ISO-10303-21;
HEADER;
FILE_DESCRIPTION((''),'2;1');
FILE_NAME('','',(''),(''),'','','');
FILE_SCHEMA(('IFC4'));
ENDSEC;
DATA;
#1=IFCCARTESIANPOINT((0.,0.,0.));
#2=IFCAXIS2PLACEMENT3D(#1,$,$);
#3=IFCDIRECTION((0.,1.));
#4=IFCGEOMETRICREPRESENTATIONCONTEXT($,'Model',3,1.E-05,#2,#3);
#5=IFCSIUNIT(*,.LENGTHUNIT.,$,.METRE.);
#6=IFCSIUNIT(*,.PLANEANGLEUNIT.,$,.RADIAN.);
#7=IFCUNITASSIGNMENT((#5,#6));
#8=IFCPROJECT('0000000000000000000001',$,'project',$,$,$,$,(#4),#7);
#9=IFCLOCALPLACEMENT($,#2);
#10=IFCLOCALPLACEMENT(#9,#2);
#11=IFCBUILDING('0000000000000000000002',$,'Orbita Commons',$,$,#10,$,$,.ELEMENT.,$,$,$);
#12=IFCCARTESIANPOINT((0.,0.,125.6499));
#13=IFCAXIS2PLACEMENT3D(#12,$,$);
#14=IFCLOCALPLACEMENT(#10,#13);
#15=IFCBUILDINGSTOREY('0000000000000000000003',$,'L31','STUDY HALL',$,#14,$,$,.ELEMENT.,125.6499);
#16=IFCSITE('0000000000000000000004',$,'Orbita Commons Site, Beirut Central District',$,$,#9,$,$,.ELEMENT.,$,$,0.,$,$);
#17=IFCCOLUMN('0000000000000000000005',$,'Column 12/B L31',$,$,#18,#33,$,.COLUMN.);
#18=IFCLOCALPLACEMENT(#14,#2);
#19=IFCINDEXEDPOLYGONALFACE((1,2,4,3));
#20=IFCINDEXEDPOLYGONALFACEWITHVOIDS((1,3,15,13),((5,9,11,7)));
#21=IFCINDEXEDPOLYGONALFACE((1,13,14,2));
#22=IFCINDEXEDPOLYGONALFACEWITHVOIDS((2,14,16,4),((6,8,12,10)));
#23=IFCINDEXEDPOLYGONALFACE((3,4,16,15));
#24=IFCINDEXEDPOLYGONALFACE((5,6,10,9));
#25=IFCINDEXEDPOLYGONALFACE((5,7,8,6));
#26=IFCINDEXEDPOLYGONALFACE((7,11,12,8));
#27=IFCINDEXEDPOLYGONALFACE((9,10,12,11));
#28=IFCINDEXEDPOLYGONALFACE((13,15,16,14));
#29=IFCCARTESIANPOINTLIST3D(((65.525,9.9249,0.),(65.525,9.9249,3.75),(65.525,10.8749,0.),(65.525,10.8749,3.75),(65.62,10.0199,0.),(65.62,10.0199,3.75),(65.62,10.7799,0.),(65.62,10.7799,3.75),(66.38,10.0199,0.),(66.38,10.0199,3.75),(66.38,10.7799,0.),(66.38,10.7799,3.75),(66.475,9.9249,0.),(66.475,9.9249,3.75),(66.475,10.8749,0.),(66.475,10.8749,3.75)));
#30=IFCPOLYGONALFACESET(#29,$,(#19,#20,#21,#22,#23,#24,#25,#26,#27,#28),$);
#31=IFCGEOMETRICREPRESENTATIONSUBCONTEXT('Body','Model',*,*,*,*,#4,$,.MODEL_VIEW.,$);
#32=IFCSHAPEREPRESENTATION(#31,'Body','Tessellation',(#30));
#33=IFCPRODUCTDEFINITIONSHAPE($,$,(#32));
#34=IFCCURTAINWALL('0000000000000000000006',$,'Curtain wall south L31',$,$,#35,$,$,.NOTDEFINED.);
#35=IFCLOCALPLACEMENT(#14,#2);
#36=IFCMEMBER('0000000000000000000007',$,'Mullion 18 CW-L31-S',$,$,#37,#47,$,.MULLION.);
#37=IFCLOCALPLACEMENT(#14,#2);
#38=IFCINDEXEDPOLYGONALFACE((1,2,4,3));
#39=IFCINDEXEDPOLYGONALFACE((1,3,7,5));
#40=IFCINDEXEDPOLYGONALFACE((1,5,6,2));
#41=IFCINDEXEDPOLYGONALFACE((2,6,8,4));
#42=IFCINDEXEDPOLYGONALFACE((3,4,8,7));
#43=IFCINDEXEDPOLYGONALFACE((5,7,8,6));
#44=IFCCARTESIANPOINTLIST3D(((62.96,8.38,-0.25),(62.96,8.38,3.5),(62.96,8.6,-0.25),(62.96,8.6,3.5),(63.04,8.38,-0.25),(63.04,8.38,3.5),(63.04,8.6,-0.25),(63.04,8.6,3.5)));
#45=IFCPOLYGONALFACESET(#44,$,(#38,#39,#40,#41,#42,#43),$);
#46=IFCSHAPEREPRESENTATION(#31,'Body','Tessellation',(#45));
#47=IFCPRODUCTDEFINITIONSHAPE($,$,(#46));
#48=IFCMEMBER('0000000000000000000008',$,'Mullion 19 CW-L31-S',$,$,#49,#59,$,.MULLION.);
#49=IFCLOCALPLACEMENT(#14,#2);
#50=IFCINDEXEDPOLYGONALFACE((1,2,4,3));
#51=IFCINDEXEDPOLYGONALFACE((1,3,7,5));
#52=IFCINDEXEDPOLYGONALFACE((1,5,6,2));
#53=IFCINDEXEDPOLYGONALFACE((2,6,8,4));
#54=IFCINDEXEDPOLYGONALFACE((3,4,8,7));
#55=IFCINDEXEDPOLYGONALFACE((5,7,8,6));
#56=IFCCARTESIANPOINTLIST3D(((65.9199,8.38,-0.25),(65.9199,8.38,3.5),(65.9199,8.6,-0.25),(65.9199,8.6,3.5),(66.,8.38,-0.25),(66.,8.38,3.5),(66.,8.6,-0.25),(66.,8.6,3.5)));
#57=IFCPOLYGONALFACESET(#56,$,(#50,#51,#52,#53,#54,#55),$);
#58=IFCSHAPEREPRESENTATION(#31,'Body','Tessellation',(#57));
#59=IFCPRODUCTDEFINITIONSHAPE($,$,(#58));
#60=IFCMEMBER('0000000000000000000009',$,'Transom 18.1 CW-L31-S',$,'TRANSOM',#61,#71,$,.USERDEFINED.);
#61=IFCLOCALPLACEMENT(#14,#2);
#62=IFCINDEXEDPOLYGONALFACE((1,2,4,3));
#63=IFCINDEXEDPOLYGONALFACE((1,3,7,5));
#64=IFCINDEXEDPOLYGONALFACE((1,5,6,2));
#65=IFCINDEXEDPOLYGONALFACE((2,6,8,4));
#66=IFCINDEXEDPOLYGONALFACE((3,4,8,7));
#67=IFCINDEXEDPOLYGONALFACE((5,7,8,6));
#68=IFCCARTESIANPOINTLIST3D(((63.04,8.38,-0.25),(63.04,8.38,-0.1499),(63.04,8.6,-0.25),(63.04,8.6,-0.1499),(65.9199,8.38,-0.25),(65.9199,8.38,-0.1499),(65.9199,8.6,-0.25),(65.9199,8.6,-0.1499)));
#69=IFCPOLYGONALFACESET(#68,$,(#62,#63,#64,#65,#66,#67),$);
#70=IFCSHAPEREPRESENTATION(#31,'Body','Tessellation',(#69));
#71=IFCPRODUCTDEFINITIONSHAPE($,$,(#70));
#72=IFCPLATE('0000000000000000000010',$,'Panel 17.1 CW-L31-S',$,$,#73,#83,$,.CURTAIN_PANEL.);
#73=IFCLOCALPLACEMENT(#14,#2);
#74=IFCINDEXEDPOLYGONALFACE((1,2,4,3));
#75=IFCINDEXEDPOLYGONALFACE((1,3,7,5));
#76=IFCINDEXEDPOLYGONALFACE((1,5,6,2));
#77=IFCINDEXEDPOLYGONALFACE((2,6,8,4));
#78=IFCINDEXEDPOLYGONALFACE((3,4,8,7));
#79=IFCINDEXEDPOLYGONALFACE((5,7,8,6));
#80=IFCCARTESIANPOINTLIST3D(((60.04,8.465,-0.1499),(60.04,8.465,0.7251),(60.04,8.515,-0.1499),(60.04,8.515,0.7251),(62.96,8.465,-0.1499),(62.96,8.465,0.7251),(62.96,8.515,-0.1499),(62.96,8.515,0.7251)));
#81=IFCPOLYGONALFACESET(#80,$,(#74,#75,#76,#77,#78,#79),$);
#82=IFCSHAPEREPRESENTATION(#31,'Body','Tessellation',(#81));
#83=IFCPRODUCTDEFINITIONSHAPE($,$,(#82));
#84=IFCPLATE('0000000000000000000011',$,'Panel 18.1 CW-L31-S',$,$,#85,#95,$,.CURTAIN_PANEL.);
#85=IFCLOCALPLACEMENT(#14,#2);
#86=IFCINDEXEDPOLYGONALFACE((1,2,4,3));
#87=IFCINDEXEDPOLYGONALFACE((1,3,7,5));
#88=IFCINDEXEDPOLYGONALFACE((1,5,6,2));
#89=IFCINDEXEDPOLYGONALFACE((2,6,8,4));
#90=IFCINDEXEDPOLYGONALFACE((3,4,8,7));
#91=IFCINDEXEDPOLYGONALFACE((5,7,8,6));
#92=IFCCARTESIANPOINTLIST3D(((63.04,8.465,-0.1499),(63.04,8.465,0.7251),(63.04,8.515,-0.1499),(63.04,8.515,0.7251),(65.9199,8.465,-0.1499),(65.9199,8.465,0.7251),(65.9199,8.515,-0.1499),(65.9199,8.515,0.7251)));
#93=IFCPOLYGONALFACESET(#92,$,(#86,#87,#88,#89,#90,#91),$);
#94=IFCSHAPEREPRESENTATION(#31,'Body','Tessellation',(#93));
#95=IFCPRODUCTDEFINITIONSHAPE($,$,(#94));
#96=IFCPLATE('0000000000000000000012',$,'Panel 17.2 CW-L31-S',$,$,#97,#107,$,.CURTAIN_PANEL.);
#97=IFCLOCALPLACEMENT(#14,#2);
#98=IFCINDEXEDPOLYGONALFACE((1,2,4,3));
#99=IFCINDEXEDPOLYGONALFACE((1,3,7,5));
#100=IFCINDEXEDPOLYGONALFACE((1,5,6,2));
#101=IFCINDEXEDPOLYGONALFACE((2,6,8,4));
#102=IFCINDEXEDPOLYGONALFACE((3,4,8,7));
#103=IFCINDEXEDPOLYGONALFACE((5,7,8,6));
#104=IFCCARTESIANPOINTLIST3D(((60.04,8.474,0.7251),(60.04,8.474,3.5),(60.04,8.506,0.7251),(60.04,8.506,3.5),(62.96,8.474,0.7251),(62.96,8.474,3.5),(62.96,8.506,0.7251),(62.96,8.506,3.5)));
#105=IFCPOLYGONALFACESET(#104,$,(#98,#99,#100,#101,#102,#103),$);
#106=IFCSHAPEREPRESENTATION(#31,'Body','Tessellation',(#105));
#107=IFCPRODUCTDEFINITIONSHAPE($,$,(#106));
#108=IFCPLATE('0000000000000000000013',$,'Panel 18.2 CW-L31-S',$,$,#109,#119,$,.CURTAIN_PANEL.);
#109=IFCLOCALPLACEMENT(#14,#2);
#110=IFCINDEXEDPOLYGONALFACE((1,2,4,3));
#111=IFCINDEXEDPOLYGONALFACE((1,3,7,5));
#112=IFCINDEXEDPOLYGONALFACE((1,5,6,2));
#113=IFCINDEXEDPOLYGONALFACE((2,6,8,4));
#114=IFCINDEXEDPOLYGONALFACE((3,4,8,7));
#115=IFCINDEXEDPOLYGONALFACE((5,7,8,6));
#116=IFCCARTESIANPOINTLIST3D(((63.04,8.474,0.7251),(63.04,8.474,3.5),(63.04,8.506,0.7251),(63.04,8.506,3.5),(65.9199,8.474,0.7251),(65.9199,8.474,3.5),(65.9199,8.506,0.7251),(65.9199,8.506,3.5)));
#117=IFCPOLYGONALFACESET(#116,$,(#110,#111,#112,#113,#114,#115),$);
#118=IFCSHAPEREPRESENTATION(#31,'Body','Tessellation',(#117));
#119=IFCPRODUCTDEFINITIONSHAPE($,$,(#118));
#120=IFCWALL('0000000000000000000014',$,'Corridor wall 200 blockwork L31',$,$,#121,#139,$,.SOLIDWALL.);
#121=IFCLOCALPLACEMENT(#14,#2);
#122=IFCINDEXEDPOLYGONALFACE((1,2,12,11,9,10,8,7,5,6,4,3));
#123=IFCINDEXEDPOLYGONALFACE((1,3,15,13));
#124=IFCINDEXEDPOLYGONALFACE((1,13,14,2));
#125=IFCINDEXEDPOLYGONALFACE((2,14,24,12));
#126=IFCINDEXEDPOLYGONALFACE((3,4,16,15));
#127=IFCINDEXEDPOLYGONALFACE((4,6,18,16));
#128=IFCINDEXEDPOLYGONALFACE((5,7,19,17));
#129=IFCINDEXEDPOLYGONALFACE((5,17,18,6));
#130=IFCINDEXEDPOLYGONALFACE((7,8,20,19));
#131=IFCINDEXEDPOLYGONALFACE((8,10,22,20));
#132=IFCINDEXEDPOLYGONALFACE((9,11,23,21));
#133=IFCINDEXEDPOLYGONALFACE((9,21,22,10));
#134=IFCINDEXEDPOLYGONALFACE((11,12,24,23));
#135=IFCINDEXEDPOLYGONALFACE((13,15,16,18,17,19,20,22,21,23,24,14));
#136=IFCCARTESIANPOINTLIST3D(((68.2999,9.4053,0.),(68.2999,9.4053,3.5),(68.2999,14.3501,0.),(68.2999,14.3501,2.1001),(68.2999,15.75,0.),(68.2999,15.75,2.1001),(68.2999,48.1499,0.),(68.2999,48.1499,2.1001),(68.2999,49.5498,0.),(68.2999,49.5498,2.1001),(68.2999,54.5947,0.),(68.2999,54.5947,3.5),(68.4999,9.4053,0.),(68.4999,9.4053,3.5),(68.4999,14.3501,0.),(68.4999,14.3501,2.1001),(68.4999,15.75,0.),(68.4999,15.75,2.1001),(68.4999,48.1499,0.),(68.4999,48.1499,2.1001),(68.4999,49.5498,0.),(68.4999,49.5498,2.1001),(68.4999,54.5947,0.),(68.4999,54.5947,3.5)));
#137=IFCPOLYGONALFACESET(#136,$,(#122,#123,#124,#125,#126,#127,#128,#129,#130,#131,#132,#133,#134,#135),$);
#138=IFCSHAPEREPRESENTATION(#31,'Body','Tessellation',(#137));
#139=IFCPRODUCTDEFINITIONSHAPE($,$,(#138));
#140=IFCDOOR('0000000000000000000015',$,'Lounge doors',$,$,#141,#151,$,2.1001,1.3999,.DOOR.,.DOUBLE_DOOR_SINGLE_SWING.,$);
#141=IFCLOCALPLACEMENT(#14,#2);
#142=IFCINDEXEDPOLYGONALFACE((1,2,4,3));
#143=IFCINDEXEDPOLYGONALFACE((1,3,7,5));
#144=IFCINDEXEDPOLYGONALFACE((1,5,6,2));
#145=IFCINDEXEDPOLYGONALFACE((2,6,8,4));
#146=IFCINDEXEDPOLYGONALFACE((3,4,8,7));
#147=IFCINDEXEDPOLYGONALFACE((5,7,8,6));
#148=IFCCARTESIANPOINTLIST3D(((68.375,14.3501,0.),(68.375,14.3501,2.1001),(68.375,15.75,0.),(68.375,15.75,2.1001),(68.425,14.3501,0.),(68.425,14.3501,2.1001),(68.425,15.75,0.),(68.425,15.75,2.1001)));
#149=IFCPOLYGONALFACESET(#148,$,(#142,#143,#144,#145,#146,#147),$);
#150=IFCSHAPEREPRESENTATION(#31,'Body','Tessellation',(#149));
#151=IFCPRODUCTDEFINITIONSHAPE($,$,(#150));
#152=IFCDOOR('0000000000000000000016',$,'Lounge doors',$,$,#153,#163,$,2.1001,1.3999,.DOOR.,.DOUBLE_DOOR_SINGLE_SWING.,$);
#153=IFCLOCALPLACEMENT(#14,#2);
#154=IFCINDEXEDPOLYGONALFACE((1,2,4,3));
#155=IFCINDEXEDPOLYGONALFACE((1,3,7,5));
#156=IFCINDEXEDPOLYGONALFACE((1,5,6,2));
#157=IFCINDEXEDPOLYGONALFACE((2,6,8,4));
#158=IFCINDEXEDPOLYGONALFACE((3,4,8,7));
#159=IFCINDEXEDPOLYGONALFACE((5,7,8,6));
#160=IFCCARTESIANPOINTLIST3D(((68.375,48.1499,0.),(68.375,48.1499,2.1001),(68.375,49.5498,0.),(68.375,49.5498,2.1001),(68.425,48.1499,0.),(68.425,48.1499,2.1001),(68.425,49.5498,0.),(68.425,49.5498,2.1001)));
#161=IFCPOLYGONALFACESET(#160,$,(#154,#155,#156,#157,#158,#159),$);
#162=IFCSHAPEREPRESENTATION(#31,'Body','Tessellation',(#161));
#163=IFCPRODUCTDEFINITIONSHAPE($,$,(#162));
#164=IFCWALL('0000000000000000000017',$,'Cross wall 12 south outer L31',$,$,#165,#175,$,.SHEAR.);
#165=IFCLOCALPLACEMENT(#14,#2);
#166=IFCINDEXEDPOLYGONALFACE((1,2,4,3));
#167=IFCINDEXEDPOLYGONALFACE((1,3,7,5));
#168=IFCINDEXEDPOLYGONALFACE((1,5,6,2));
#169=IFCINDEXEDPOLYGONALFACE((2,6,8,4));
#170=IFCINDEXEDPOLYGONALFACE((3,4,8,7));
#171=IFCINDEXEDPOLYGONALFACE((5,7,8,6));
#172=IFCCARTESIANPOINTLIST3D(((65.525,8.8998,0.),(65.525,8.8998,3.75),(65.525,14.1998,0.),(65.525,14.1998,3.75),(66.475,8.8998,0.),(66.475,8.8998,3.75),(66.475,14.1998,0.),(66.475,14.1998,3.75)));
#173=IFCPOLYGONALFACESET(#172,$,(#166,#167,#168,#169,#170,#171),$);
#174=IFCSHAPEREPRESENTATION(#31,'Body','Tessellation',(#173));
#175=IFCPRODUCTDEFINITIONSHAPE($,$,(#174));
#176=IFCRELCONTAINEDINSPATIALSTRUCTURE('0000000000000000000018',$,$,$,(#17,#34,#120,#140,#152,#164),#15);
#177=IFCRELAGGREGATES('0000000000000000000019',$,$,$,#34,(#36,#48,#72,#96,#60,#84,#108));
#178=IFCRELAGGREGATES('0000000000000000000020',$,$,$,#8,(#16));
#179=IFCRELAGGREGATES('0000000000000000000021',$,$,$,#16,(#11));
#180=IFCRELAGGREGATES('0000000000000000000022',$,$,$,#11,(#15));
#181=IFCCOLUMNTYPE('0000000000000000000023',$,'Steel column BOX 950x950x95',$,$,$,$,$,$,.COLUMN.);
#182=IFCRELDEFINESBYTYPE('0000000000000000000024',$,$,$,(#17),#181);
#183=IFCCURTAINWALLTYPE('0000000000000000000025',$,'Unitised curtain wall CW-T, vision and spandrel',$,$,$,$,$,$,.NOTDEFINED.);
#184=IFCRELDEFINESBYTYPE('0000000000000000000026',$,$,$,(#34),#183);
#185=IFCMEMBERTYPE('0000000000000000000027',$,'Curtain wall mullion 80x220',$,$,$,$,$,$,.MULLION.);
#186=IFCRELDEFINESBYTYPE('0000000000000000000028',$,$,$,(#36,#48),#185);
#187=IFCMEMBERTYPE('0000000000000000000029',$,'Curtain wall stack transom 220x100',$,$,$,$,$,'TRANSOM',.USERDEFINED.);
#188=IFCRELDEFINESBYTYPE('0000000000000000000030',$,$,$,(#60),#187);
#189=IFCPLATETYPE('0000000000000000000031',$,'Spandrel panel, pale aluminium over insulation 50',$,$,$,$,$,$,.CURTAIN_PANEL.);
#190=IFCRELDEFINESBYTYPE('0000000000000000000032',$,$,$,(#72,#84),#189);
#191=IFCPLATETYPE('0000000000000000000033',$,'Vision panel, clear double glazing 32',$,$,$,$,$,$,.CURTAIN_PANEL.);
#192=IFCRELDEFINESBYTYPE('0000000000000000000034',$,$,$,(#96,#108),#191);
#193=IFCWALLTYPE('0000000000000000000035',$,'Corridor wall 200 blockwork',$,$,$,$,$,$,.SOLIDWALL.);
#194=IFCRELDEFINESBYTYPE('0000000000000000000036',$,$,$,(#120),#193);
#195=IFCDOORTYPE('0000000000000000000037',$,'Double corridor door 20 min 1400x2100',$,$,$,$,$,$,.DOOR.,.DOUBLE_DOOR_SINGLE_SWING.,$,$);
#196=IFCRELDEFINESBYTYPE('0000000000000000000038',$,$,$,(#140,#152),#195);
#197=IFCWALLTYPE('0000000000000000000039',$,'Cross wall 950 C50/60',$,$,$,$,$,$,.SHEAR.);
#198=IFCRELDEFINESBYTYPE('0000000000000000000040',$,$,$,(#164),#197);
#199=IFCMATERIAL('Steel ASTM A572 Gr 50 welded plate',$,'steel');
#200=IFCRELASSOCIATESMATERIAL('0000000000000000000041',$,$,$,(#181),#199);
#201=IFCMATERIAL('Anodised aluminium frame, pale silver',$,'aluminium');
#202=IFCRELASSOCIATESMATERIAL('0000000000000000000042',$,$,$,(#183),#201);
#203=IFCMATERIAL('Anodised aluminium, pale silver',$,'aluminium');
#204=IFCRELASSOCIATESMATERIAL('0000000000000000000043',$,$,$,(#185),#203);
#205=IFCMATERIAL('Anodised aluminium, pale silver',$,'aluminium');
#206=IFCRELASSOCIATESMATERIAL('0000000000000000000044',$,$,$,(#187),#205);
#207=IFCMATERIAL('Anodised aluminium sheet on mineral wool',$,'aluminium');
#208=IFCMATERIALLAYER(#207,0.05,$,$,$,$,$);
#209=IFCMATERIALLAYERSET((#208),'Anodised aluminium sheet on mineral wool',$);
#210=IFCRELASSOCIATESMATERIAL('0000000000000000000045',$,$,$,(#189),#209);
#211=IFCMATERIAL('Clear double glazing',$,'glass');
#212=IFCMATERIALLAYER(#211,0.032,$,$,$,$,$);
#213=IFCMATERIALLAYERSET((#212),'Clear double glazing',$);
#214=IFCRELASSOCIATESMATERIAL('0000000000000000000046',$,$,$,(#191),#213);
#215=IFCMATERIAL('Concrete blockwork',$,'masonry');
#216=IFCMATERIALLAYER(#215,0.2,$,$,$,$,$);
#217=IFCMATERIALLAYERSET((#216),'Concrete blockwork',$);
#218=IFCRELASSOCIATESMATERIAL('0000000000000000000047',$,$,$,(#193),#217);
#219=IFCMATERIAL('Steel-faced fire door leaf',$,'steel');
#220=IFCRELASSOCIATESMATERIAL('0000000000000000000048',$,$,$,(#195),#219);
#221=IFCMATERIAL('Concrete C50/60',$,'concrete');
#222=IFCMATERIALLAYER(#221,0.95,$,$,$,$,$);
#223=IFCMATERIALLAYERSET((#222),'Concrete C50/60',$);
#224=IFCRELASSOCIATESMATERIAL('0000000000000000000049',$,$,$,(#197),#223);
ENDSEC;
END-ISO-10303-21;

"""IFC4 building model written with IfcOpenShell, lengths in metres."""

from ifc_helpers import new_model, si_unit, direction, frame, frame_2d, origin, origin_2d, place, context, subcontext, project, spatial, rectangle, hollow_rectangle, extrude, material, layer, layer_set, material_profile, profile_set, type_object, element, fill, aggregate, save


model = new_model("IFC4")

# Units and contexts
model_context = context("Model", 3, precision=1e-05, world=origin(), true_north=direction((0.0, 1.0)))
body_context = subcontext(model_context, "Body", "Model", "MODEL_VIEW")
ifc_project = project(units=[si_unit("LENGTHUNIT", "METRE"), si_unit("PLANEANGLEUNIT", "RADIAN")], contexts=[model_context])

# Site, building, storey
site_placement = place(None, origin())
site = spatial("IfcSite", under=ifc_project, at=site_placement, Name="Orbita Commons Site, Beirut Central District", CompositionType="ELEMENT", RefElevation=0.0)
building_placement = place(site_placement, origin())
building = spatial("IfcBuilding", under=site, at=building_placement, Name="Orbita Commons", CompositionType="ELEMENT")
storey_placement = place(building_placement, frame((0.0, 0.0, 125.6499)))
storey = spatial("IfcBuildingStorey", under=building, at=storey_placement, Name="L31", Description="STUDY HALL", CompositionType="ELEMENT", Elevation=125.6499)

# Column
ifc_material_1 = material(Name="Steel ASTM A572 Gr 50 welded plate", Category="steel")
ifc_material_profile_1 = material_profile(ifc_material_1, hollow_rectangle(XDim=0.95, YDim=0.95, WallThickness=0.095, at=origin_2d()), Name="BOX 950x950x95")
ifc_profile_set_1 = profile_set([ifc_material_profile_1], Name="Steel ASTM A572 Gr 50 welded plate")
column_type = type_object("IfcColumnType", Name="Steel column BOX 950x950x95", PredefinedType="COLUMN", material=ifc_profile_set_1)
column_placement = place(storey_placement, frame((66.0, 10.3999, 0.0), z_axis=(0.0, 0.0, 1.0), x_axis=(1.0, 0.0, 0.0)))
element("IfcColumn", 1, at=column_placement, inside=storey, type_object=column_type, Name="Column 12/B L31", PredefinedType="COLUMN", context=body_context, shape_type="SweptSolid", body=[
    extrude(hollow_rectangle(XDim=0.95, YDim=0.95, WallThickness=0.095, at=origin_2d()), origin(), (0.0, 0.0, 1.0), 3.75),
])

# Curtain wall, members, plates
ifc_material_2 = material(Name="Anodised aluminium frame, pale silver", Category="aluminium")
curtain_wall_type = type_object("IfcCurtainWallType", Name="Unitised curtain wall CW-T, vision and spandrel", PredefinedType="NOTDEFINED", material=ifc_material_2)
curtain_wall_placement = place(storey_placement, origin())
curtain_wall = element("IfcCurtainWall", 2, at=curtain_wall_placement, inside=storey, type_object=curtain_wall_type, Name="Curtain wall south L31", PredefinedType="NOTDEFINED")
ifc_material_3 = material(Name="Anodised aluminium, pale silver", Category="aluminium")
ifc_material_profile_2 = material_profile(ifc_material_3, rectangle(XDim=0.0801, YDim=0.22, at=origin_2d()), Name="AL 80x220")
ifc_profile_set_2 = profile_set([ifc_material_profile_2], Name="Anodised aluminium, pale silver")
member_type_1 = type_object("IfcMemberType", Name="Curtain wall mullion 80x220", PredefinedType="MULLION", material=ifc_profile_set_2)
member_1_placement = place(storey_placement, frame((63.0, 8.49, -0.25), z_axis=(0.0, 0.0, 1.0), x_axis=(1.0, 0.0, 0.0)))
member_1 = element("IfcMember", 3, at=member_1_placement, type_object=member_type_1, Name="Mullion 18 CW-L31-S", PredefinedType="MULLION", context=body_context, shape_type="SweptSolid", body=[
    extrude(rectangle(XDim=0.0801, YDim=0.22, at=origin_2d()), origin(), (0.0, 0.0, 1.0), 3.75),
])
member_2_placement = place(storey_placement, frame((65.96, 8.49, -0.25), z_axis=(0.0, 0.0, 1.0), x_axis=(1.0, 0.0, 0.0)))
member_2 = element("IfcMember", 4, at=member_2_placement, type_object=member_type_1, Name="Mullion 19 CW-L31-S", PredefinedType="MULLION", context=body_context, shape_type="SweptSolid", body=[
    extrude(rectangle(XDim=0.0801, YDim=0.22, at=origin_2d()), origin(), (0.0, 0.0, 1.0), 3.75),
])
ifc_material_4 = material(Name="Anodised aluminium, pale silver", Category="aluminium")
ifc_material_profile_3 = material_profile(ifc_material_4, rectangle(XDim=0.22, YDim=0.1001, at=origin_2d()), Name="AL 220x100")
ifc_profile_set_3 = profile_set([ifc_material_profile_3], Name="Anodised aluminium, pale silver")
member_type_2 = type_object("IfcMemberType", Name="Curtain wall stack transom 220x100", ElementType="TRANSOM", PredefinedType="USERDEFINED", material=ifc_profile_set_3)
member_3_placement = place(storey_placement, frame((63.04, 8.49, -0.2), z_axis=(1.0, 0.0, 0.0), x_axis=(0.0, 1.0, 0.0)))
member_3 = element("IfcMember", 5, at=member_3_placement, type_object=member_type_2, Name="Transom 18.1 CW-L31-S", ObjectType="TRANSOM", PredefinedType="USERDEFINED", context=body_context, shape_type="SweptSolid", body=[
    extrude(rectangle(XDim=0.22, YDim=0.1001, at=origin_2d()), origin(), (0.0, 0.0, 1.0), 2.8799),
])
ifc_material_5 = material(Name="Anodised aluminium sheet on mineral wool", Category="aluminium")
ifc_layer_1 = layer(ifc_material_5, 0.05)
ifc_layer_set_1 = layer_set([ifc_layer_1], Name="Anodised aluminium sheet on mineral wool")
plate_type_1 = type_object("IfcPlateType", Name="Spandrel panel, pale aluminium over insulation 50", PredefinedType="CURTAIN_PANEL", material=ifc_layer_set_1)
plate_1_placement = place(storey_placement, frame((61.5, 8.49, -0.1499), z_axis=(0.0, 0.0, 1.0), x_axis=(1.0, 0.0, 0.0)))
plate_1 = element("IfcPlate", 6, at=plate_1_placement, type_object=plate_type_1, Name="Panel 17.1 CW-L31-S", PredefinedType="CURTAIN_PANEL", context=body_context, shape_type="SweptSolid", body=[
    extrude(rectangle(XDim=2.9199, YDim=0.05, at=origin_2d()), origin(), (0.0, 0.0, 1.0), 0.875),
])
plate_2_placement = place(storey_placement, frame((64.48, 8.49, -0.1499), z_axis=(0.0, 0.0, 1.0), x_axis=(1.0, 0.0, 0.0)))
plate_2 = element("IfcPlate", 7, at=plate_2_placement, type_object=plate_type_1, Name="Panel 18.1 CW-L31-S", PredefinedType="CURTAIN_PANEL", context=body_context, shape_type="SweptSolid", body=[
    extrude(rectangle(XDim=2.8799, YDim=0.05, at=origin_2d()), origin(), (0.0, 0.0, 1.0), 0.875),
])
ifc_material_6 = material(Name="Clear double glazing", Category="glass")
ifc_layer_2 = layer(ifc_material_6, 0.032)
ifc_layer_set_2 = layer_set([ifc_layer_2], Name="Clear double glazing")
plate_type_2 = type_object("IfcPlateType", Name="Vision panel, clear double glazing 32", PredefinedType="CURTAIN_PANEL", material=ifc_layer_set_2)
plate_3_placement = place(storey_placement, frame((61.5, 8.49, 0.7251), z_axis=(0.0, 0.0, 1.0), x_axis=(1.0, 0.0, 0.0)))
plate_3 = element("IfcPlate", 8, at=plate_3_placement, type_object=plate_type_2, Name="Panel 17.2 CW-L31-S", PredefinedType="CURTAIN_PANEL", context=body_context, shape_type="SweptSolid", body=[
    extrude(rectangle(XDim=2.9199, YDim=0.032, at=origin_2d()), origin(), (0.0, 0.0, 1.0), 2.7749),
])
plate_4_placement = place(storey_placement, frame((64.48, 8.49, 0.7251), z_axis=(0.0, 0.0, 1.0), x_axis=(1.0, 0.0, 0.0)))
plate_4 = element("IfcPlate", 9, at=plate_4_placement, type_object=plate_type_2, Name="Panel 18.2 CW-L31-S", PredefinedType="CURTAIN_PANEL", context=body_context, shape_type="SweptSolid", body=[
    extrude(rectangle(XDim=2.8799, YDim=0.032, at=origin_2d()), origin(), (0.0, 0.0, 1.0), 2.7749),
])
aggregate(curtain_wall, [member_1, member_2, plate_1, plate_3, member_3, plate_2, plate_4])

# Wall, openings, doors
ifc_material_7 = material(Name="Concrete blockwork", Category="masonry")
ifc_layer_3 = layer(ifc_material_7, 0.2)
ifc_layer_set_3 = layer_set([ifc_layer_3], Name="Concrete blockwork")
wall_type_1 = type_object("IfcWallType", Name="Corridor wall 200 blockwork", PredefinedType="SOLIDWALL", material=ifc_layer_set_3)
wall_1_placement = place(storey_placement, frame((68.3999, 9.4053, 0.0), z_axis=(0.0, 0.0, 1.0), x_axis=(0.0, 1.0, 0.0)))
wall_1 = element("IfcWall", 10, at=wall_1_placement, inside=storey, type_object=wall_type_1, Name="Corridor wall 200 blockwork L31", PredefinedType="SOLIDWALL", context=body_context, shape_type="SweptSolid", body=[
    extrude(rectangle(XDim=45.1895, YDim=0.2, at=frame_2d((22.5947, 0.0))), origin(), (0.0, 0.0, 1.0), 3.5),
])
opening_1_placement = place(wall_1_placement, frame((4.9448, 0.0, 0.0)))
opening_1 = element("IfcOpeningElement", 11, at=opening_1_placement, cuts=wall_1, PredefinedType="OPENING", context=body_context, shape_type="SweptSolid", body=[
    extrude(rectangle(XDim=1.3999, YDim=2.1001, at=frame_2d((0.7, 1.05))), frame((0.0, 0.1099, 0.0), z_axis=(0.0, -1.0, 0.0), x_axis=(1.0, 0.0, 0.0)), (0.0, 0.0, 1.0), 0.22),
])
opening_2_placement = place(wall_1_placement, frame((38.7446, 0.0, 0.0)))
opening_2 = element("IfcOpeningElement", 12, at=opening_2_placement, cuts=wall_1, PredefinedType="OPENING", context=body_context, shape_type="SweptSolid", body=[
    extrude(rectangle(XDim=1.3999, YDim=2.1001, at=frame_2d((0.7, 1.05))), frame((0.0, 0.1099, 0.0), z_axis=(0.0, -1.0, 0.0), x_axis=(1.0, 0.0, 0.0)), (0.0, 0.0, 1.0), 0.22),
])
ifc_material_8 = material(Name="Steel-faced fire door leaf", Category="steel")
door_type = type_object("IfcDoorType", Name="Double corridor door 20 min 1400x2100", OperationType="DOUBLE_DOOR_SINGLE_SWING", PredefinedType="DOOR", material=ifc_material_8)
door_1_placement = place(opening_1_placement, origin())
door_1 = element("IfcDoor", 13, at=door_1_placement, inside=storey, type_object=door_type, Name="Lounge doors", OperationType="DOUBLE_DOOR_SINGLE_SWING", OverallHeight=2.1001, OverallWidth=1.3999, PredefinedType="DOOR", context=body_context, shape_type="SweptSolid", body=[
    extrude(rectangle(XDim=1.3999, YDim=2.1001, at=frame_2d((0.7, 1.05))), frame((0.0, 0.0249, 0.0), z_axis=(0.0, -1.0, 0.0), x_axis=(1.0, 0.0, 0.0)), (0.0, 0.0, 1.0), 0.05),
])
fill(opening_1, door_1)
door_2_placement = place(opening_2_placement, origin())
door_2 = element("IfcDoor", 14, at=door_2_placement, inside=storey, type_object=door_type, Name="Lounge doors", OperationType="DOUBLE_DOOR_SINGLE_SWING", OverallHeight=2.1001, OverallWidth=1.3999, PredefinedType="DOOR", context=body_context, shape_type="SweptSolid", body=[
    extrude(rectangle(XDim=1.3999, YDim=2.1001, at=frame_2d((0.7, 1.05))), frame((0.0, 0.0249, 0.0), z_axis=(0.0, -1.0, 0.0), x_axis=(1.0, 0.0, 0.0)), (0.0, 0.0, 1.0), 0.05),
])
fill(opening_2, door_2)

# Wall
ifc_material_9 = material(Name="Concrete C50/60", Category="concrete")
ifc_layer_4 = layer(ifc_material_9, 0.95)
ifc_layer_set_4 = layer_set([ifc_layer_4], Name="Concrete C50/60")
wall_type_2 = type_object("IfcWallType", Name="Cross wall 950 C50/60", PredefinedType="SHEAR", material=ifc_layer_set_4)
wall_2_placement = place(storey_placement, frame((66.0, 8.8999, 0.0), z_axis=(0.0, 0.0, 1.0), x_axis=(0.0, 1.0, 0.0)))
element("IfcWall", 15, at=wall_2_placement, inside=storey, type_object=wall_type_2, Name="Cross wall 12 south outer L31", PredefinedType="SHEAR", context=body_context, shape_type="SweptSolid", body=[
    extrude(rectangle(XDim=5.3, YDim=0.95, at=frame_2d((2.6499, 0.0))), origin(), (0.0, 0.0, 1.0), 3.75),
])

save(model, "model.ifc")
